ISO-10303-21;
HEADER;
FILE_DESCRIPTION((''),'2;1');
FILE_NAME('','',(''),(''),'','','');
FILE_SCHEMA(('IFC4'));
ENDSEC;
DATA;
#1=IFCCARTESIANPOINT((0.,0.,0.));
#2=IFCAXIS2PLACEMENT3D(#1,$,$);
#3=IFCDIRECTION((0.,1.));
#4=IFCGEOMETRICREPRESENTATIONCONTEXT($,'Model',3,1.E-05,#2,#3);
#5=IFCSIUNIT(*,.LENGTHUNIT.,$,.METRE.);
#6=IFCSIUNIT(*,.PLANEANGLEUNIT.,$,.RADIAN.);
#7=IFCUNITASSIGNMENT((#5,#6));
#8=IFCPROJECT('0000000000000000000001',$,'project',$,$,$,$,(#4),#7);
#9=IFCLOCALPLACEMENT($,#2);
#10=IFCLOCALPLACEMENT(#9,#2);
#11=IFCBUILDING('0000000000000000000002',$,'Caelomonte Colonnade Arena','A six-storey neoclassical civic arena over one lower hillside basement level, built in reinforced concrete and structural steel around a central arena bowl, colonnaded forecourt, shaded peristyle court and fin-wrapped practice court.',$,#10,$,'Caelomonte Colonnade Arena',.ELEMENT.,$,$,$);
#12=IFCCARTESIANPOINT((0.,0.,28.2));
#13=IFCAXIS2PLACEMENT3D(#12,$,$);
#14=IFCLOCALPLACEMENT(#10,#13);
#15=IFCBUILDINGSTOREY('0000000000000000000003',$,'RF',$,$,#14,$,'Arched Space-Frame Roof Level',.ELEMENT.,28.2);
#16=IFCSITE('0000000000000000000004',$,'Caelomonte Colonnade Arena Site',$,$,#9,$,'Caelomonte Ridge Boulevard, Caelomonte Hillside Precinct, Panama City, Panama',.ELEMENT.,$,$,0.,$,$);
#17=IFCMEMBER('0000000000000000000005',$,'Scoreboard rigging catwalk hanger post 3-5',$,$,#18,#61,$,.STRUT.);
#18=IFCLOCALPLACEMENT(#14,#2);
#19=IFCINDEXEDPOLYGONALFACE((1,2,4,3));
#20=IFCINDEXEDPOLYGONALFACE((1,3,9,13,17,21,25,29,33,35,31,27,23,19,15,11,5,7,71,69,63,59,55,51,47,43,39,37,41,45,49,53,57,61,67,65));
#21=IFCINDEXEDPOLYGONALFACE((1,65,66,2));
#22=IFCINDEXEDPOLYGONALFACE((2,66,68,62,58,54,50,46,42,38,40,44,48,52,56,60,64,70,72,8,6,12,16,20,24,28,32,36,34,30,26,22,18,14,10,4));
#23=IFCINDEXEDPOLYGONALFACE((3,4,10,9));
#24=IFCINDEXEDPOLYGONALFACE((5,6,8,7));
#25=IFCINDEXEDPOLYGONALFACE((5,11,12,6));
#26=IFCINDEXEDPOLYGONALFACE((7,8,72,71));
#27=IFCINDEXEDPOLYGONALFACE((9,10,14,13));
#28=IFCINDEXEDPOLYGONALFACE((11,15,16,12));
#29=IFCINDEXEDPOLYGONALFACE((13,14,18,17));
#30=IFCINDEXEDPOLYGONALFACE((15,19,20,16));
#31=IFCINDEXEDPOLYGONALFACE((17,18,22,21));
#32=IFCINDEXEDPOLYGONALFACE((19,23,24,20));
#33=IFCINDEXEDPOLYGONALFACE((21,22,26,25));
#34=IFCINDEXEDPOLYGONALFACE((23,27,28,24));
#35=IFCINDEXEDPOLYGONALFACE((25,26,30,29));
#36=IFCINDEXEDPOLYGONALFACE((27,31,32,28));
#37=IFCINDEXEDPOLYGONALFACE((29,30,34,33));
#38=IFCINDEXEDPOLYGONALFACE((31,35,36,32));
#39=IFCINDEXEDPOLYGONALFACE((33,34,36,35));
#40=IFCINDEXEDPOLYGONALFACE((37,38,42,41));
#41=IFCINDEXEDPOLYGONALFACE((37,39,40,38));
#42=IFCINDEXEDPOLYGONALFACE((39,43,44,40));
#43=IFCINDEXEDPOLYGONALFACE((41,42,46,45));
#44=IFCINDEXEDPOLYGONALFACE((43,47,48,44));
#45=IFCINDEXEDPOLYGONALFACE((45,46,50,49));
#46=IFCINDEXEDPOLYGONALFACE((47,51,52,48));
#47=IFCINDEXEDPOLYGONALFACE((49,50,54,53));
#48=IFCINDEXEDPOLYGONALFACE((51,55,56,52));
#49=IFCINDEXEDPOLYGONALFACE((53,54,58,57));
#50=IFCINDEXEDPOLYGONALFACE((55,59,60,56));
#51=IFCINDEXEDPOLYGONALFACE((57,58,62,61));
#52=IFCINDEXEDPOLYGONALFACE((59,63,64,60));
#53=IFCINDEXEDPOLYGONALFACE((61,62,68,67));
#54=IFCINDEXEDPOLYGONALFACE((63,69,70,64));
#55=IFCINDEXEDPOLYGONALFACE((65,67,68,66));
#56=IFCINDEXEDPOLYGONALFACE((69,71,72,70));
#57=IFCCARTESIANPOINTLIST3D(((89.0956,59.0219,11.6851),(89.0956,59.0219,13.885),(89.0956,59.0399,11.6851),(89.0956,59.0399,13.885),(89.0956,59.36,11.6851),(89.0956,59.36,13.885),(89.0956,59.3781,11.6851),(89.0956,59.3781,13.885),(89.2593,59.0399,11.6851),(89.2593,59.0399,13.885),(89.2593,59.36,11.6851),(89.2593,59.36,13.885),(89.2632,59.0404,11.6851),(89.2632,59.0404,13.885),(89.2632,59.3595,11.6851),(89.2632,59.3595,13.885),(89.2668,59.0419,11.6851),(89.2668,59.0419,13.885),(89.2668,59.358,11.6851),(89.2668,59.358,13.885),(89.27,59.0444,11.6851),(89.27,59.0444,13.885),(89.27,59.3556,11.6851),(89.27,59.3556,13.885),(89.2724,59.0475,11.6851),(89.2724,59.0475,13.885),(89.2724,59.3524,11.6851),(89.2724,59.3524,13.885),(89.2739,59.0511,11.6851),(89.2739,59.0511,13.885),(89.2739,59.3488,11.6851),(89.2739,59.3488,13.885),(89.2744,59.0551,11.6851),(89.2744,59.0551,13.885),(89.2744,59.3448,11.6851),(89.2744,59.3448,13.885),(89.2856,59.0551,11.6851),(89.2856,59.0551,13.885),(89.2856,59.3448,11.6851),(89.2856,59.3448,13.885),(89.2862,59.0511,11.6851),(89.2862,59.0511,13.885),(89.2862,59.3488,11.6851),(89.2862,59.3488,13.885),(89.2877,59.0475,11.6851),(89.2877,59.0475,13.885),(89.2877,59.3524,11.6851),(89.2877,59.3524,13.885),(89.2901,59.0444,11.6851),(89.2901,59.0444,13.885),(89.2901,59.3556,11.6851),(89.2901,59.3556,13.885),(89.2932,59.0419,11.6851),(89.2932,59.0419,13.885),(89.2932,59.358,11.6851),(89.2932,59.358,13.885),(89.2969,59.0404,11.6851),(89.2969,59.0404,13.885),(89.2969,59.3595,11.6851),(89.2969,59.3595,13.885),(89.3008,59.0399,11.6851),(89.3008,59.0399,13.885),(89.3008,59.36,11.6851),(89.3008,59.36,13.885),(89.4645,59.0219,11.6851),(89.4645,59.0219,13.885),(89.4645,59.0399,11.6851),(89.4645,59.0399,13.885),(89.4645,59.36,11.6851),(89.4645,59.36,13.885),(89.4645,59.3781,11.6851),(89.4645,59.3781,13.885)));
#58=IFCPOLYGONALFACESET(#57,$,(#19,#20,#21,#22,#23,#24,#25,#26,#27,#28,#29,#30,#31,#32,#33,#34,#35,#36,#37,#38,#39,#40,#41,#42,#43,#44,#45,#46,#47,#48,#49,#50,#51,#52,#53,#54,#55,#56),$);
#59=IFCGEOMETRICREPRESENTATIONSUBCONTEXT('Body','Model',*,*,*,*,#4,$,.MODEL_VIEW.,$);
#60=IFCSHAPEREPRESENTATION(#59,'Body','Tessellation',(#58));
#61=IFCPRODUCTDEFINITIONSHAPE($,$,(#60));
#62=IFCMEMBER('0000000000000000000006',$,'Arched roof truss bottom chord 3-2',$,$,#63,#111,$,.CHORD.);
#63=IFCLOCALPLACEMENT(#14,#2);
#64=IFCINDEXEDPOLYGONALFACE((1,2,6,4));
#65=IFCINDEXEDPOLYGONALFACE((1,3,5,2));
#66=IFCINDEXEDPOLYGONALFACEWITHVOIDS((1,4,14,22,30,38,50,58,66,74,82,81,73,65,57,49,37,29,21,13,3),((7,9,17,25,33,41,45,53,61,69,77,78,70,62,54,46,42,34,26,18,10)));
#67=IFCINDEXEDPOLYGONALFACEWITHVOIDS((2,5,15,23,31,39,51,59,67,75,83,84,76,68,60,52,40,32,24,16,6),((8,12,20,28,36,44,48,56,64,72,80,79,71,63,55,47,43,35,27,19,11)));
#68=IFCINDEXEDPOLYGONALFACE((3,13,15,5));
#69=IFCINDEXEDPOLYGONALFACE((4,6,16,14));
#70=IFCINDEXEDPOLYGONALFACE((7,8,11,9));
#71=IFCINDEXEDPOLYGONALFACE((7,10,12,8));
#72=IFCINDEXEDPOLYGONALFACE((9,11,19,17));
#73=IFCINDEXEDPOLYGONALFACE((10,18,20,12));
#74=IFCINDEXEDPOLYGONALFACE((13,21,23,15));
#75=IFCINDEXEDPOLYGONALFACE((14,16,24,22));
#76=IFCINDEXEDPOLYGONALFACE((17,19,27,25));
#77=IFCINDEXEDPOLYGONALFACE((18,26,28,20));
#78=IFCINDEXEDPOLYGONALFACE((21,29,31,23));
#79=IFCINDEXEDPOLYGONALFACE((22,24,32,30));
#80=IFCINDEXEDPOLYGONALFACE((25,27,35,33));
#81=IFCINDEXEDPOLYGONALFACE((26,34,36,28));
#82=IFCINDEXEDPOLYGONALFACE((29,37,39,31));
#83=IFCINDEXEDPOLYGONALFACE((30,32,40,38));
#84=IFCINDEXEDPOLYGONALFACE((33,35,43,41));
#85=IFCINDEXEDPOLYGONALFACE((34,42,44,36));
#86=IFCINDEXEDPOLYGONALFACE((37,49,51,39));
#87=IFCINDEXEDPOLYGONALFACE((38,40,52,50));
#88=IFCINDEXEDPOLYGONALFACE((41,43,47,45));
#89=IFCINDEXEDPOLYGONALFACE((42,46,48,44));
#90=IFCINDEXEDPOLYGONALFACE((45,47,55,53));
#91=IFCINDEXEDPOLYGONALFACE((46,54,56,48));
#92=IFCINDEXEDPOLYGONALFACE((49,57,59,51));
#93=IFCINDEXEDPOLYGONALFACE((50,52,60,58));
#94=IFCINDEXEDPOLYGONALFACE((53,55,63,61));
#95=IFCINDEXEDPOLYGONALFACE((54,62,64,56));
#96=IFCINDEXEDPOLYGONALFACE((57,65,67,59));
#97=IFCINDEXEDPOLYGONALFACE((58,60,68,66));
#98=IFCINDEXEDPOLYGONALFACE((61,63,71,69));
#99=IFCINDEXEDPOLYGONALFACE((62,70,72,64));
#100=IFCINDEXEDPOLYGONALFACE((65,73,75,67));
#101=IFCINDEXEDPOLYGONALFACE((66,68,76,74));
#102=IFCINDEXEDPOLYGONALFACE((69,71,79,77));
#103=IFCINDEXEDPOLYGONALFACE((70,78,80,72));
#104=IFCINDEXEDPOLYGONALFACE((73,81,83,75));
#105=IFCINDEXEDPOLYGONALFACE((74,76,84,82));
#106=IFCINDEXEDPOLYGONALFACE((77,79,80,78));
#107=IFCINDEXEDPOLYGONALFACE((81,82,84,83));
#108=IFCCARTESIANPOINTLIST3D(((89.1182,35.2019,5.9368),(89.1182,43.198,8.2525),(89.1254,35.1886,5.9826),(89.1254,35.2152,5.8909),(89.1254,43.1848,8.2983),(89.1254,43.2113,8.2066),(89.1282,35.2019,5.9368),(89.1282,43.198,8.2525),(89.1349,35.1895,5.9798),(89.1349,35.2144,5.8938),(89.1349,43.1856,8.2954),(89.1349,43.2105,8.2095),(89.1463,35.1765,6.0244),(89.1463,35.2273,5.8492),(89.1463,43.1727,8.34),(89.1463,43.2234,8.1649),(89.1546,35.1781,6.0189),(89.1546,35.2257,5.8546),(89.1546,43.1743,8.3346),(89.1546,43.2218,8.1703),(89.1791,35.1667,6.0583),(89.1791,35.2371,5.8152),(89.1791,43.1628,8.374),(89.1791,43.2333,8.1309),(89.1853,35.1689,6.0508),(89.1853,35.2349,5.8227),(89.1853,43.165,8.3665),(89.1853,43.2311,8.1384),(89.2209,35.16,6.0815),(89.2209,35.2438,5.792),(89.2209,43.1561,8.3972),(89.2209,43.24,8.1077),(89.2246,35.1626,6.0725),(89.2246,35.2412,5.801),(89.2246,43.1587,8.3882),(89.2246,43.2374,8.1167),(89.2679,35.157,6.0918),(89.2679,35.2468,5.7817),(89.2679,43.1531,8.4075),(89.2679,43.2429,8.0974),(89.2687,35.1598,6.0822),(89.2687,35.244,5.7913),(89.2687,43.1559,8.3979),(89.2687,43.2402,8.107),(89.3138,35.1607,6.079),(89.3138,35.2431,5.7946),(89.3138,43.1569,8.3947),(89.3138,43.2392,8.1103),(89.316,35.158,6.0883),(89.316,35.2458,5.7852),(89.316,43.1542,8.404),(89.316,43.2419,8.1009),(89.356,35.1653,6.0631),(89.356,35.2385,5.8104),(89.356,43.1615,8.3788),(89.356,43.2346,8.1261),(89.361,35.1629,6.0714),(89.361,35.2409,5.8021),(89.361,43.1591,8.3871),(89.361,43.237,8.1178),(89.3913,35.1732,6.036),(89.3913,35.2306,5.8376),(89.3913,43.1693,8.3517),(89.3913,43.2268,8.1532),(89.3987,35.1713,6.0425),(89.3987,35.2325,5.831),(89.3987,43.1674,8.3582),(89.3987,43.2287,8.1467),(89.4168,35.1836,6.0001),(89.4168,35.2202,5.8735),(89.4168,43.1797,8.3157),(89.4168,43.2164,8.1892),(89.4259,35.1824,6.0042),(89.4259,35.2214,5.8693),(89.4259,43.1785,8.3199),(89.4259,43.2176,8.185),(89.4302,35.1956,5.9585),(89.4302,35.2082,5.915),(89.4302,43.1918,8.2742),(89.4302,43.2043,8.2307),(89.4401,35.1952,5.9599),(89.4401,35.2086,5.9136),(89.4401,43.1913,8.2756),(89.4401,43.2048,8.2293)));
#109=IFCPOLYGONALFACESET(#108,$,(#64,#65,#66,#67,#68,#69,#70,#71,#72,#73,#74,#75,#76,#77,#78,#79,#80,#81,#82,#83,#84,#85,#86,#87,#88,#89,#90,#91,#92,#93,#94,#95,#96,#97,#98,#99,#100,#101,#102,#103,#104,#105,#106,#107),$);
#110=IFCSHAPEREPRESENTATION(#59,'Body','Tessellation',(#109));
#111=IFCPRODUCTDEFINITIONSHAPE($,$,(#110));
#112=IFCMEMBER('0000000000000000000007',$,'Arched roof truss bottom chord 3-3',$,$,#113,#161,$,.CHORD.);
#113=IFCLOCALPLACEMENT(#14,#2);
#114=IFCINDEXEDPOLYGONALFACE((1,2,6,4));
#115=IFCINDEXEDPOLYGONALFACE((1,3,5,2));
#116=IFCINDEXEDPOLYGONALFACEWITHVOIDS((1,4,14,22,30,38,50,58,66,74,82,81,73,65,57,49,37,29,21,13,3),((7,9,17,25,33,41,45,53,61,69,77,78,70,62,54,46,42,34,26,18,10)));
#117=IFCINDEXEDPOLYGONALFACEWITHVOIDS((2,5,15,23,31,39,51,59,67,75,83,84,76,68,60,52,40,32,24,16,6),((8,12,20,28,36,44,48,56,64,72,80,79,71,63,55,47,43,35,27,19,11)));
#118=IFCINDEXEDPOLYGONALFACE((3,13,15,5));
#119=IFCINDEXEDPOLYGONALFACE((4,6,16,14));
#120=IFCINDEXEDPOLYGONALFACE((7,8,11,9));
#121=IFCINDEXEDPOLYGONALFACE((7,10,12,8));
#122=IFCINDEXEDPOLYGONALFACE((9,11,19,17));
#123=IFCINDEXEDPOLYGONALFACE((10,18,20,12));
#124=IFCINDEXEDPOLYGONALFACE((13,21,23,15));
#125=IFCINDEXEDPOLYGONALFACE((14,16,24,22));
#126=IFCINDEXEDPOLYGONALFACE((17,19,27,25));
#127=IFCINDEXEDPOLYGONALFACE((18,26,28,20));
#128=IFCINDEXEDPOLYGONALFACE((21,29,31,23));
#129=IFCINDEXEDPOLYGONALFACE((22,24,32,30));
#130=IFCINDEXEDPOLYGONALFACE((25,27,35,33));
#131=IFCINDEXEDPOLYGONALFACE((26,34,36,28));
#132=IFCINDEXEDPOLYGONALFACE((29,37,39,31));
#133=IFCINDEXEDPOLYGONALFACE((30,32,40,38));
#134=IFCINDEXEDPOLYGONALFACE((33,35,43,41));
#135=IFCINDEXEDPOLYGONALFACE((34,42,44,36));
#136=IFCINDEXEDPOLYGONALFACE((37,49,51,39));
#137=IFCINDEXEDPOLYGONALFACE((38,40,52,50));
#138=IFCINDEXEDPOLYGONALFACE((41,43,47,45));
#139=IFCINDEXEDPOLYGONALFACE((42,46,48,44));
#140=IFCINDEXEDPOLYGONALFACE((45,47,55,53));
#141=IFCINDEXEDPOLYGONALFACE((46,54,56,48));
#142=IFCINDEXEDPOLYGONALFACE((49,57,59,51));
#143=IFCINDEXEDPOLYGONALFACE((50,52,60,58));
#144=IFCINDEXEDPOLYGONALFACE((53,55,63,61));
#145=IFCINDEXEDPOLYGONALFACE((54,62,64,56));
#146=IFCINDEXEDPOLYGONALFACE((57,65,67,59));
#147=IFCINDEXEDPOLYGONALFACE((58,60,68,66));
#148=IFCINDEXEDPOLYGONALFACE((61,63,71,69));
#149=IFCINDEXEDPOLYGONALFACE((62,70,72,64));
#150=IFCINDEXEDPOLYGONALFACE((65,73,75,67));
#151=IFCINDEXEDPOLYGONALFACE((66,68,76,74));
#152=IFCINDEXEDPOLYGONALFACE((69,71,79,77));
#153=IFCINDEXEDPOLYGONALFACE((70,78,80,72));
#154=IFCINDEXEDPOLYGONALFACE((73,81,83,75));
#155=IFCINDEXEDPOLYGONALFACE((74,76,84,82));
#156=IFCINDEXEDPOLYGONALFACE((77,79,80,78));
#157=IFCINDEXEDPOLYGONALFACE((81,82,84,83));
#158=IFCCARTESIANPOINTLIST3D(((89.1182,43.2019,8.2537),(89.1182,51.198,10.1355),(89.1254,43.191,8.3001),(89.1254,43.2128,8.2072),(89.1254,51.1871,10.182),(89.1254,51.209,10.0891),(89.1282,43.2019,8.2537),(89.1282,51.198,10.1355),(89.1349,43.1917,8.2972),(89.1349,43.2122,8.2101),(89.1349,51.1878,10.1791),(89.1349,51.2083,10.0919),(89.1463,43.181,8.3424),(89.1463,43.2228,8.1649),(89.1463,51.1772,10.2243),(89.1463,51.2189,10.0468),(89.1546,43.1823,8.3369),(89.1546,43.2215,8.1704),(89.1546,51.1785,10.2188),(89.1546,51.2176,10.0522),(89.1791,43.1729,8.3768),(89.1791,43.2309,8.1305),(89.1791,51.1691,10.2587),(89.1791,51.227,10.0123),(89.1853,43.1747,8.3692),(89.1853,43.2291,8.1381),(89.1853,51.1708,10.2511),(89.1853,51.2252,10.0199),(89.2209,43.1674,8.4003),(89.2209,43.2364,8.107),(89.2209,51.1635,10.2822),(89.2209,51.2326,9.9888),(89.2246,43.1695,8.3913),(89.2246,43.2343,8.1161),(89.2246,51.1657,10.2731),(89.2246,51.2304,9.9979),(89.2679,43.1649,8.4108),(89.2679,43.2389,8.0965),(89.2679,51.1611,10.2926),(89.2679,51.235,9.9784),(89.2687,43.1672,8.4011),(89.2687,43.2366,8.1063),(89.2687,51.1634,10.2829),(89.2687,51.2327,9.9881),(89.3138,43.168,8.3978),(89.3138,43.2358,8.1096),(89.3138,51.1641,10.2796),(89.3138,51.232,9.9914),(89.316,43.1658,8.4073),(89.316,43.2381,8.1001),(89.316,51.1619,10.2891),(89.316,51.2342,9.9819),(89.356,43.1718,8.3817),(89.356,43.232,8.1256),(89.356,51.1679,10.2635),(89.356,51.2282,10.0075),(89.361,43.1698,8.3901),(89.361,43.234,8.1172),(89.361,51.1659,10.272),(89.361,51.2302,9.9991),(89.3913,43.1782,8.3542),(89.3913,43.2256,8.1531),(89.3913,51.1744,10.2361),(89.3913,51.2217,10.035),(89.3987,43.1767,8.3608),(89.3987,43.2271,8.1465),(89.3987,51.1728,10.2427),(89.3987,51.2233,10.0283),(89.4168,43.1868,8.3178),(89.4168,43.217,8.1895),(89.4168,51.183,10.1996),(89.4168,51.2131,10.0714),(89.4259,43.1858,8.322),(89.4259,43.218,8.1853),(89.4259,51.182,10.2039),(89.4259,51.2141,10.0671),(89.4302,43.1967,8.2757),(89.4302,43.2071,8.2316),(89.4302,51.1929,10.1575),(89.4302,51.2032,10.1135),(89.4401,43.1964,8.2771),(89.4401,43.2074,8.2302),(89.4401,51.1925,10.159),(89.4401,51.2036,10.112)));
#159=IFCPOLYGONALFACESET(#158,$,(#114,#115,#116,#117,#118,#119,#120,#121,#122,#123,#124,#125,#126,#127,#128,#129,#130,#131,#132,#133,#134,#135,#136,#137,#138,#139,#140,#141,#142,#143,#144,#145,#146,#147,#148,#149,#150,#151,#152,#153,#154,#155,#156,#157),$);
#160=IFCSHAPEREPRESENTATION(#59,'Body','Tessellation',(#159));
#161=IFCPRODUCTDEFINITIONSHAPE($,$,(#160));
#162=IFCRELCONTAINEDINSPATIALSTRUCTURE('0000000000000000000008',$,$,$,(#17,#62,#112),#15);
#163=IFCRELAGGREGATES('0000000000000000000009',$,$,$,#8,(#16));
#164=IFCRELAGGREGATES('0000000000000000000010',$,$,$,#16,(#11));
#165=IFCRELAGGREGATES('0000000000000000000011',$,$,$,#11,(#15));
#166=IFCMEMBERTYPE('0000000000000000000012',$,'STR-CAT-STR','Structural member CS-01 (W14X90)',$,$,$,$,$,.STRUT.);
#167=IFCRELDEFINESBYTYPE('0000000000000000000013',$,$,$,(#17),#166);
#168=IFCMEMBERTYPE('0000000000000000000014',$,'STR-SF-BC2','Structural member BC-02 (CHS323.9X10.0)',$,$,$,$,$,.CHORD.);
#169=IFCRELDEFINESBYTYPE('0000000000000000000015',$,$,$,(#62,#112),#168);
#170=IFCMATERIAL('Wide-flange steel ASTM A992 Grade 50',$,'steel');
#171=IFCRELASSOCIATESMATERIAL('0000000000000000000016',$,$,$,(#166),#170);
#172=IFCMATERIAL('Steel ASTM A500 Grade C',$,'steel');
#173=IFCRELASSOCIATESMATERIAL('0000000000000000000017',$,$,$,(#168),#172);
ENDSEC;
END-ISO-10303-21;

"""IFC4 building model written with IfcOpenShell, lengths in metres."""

from ifc_helpers import new_model, si_unit, direction, frame, origin, origin_2d, place, context, subcontext, project, spatial, hollow_circle, i_section, extrude, material, material_profile, profile_set, type_object, element, save


model = new_model("IFC4")

# Units and contexts
model_context = context("Model", 3, precision=1e-05, world=origin(), true_north=direction((0.0, 1.0)))
body_context = subcontext(model_context, "Body", "Model", "MODEL_VIEW")
ifc_project = project(units=[si_unit("LENGTHUNIT", "METRE"), si_unit("PLANEANGLEUNIT", "RADIAN")], contexts=[model_context])

# Site, building, storey
site_placement = place(None, origin())
site = spatial("IfcSite", under=ifc_project, at=site_placement, Name="Caelomonte Colonnade Arena Site", LongName="Caelomonte Ridge Boulevard, Caelomonte Hillside Precinct, Panama City, Panama", CompositionType="ELEMENT", RefElevation=0.0)
building_placement = place(site_placement, origin())
building = spatial("IfcBuilding", under=site, at=building_placement, Name="Caelomonte Colonnade Arena", Description="A six-storey neoclassical civic arena over one lower hillside basement level, built in reinforced concrete and structural steel around a central arena bowl, colonnaded forecourt, shaded peristyle court and fin-wrapped practice court.", LongName="Caelomonte Colonnade Arena", CompositionType="ELEMENT")
storey_placement = place(building_placement, frame((0.0, 0.0, 28.2)))
storey = spatial("IfcBuildingStorey", under=building, at=storey_placement, Name="RF", LongName="Arched Space-Frame Roof Level", CompositionType="ELEMENT", Elevation=28.2)

# Members
ifc_material_1 = material(Name="Wide-flange steel ASTM A992 Grade 50", Category="steel")
ifc_material_profile_1 = material_profile(ifc_material_1, i_section(OverallWidth=0.3689, OverallDepth=0.3562, WebThickness=0.0112, FlangeThickness=0.0181, FilletRadius=0.0151, at=origin_2d()), Name="W14X90")
ifc_profile_set_1 = profile_set([ifc_material_profile_1], Name="Wide-flange steel ASTM A992 Grade 50")
member_type_1 = type_object("IfcMemberType", Name="STR-CAT-STR", Description="Structural member CS-01 (W14X90)", PredefinedType="STRUT", material=ifc_profile_set_1)
member_1_placement = place(storey_placement, frame((89.28, 59.2, 11.6851), z_axis=(0.0, 0.0, 1.0), x_axis=(1.0, 0.0, 0.0)))
element("IfcMember", 1, at=member_1_placement, inside=storey, type_object=member_type_1, Name="Scoreboard rigging catwalk hanger post 3-5", PredefinedType="STRUT", context=body_context, shape_type="SweptSolid", body=[
    extrude(i_section(OverallWidth=0.3689, OverallDepth=0.3562, WebThickness=0.0112, FlangeThickness=0.0181, FilletRadius=0.0151, at=origin_2d()), origin(), (0.0, 0.0, 1.0), 2.2),
])
ifc_material_2 = material(Name="Steel ASTM A500 Grade C", Category="steel")
ifc_material_profile_2 = material_profile(ifc_material_2, hollow_circle(Radius=0.1619, WallThickness=0.01, at=origin_2d()), Name="CHS323.9X10.0")
ifc_profile_set_2 = profile_set([ifc_material_profile_2], Name="Steel ASTM A500 Grade C")
member_type_2 = type_object("IfcMemberType", Name="STR-SF-BC2", Description="Structural member BC-02 (CHS323.9X10.0)", PredefinedType="CHORD", material=ifc_profile_set_2)
member_2_placement = place(storey_placement, frame((89.28, 35.2019, 5.9368), z_axis=(0.0, 0.960532, 0.278171), x_axis=(-1.0, 0.0, 0.0)))
element("IfcMember", 2, at=member_2_placement, inside=storey, type_object=member_type_2, Name="Arched roof truss bottom chord 3-2", PredefinedType="CHORD", context=body_context, shape_type="SweptSolid", body=[
    extrude(hollow_circle(Radius=0.1619, WallThickness=0.01, at=origin_2d()), origin(), (0.0, 0.0, 1.0), 8.3247),
])
member_3_placement = place(storey_placement, frame((89.28, 43.2019, 8.2537), z_axis=(0.0, 0.973406, 0.229086), x_axis=(-1.0, 0.0, 0.0)))
element("IfcMember", 3, at=member_3_placement, inside=storey, type_object=member_type_2, Name="Arched roof truss bottom chord 3-3", PredefinedType="CHORD", context=body_context, shape_type="SweptSolid", body=[
    extrude(hollow_circle(Radius=0.1619, WallThickness=0.01, at=origin_2d()), origin(), (0.0, 0.0, 1.0), 8.2146),
])

save(model, "model.ifc")
